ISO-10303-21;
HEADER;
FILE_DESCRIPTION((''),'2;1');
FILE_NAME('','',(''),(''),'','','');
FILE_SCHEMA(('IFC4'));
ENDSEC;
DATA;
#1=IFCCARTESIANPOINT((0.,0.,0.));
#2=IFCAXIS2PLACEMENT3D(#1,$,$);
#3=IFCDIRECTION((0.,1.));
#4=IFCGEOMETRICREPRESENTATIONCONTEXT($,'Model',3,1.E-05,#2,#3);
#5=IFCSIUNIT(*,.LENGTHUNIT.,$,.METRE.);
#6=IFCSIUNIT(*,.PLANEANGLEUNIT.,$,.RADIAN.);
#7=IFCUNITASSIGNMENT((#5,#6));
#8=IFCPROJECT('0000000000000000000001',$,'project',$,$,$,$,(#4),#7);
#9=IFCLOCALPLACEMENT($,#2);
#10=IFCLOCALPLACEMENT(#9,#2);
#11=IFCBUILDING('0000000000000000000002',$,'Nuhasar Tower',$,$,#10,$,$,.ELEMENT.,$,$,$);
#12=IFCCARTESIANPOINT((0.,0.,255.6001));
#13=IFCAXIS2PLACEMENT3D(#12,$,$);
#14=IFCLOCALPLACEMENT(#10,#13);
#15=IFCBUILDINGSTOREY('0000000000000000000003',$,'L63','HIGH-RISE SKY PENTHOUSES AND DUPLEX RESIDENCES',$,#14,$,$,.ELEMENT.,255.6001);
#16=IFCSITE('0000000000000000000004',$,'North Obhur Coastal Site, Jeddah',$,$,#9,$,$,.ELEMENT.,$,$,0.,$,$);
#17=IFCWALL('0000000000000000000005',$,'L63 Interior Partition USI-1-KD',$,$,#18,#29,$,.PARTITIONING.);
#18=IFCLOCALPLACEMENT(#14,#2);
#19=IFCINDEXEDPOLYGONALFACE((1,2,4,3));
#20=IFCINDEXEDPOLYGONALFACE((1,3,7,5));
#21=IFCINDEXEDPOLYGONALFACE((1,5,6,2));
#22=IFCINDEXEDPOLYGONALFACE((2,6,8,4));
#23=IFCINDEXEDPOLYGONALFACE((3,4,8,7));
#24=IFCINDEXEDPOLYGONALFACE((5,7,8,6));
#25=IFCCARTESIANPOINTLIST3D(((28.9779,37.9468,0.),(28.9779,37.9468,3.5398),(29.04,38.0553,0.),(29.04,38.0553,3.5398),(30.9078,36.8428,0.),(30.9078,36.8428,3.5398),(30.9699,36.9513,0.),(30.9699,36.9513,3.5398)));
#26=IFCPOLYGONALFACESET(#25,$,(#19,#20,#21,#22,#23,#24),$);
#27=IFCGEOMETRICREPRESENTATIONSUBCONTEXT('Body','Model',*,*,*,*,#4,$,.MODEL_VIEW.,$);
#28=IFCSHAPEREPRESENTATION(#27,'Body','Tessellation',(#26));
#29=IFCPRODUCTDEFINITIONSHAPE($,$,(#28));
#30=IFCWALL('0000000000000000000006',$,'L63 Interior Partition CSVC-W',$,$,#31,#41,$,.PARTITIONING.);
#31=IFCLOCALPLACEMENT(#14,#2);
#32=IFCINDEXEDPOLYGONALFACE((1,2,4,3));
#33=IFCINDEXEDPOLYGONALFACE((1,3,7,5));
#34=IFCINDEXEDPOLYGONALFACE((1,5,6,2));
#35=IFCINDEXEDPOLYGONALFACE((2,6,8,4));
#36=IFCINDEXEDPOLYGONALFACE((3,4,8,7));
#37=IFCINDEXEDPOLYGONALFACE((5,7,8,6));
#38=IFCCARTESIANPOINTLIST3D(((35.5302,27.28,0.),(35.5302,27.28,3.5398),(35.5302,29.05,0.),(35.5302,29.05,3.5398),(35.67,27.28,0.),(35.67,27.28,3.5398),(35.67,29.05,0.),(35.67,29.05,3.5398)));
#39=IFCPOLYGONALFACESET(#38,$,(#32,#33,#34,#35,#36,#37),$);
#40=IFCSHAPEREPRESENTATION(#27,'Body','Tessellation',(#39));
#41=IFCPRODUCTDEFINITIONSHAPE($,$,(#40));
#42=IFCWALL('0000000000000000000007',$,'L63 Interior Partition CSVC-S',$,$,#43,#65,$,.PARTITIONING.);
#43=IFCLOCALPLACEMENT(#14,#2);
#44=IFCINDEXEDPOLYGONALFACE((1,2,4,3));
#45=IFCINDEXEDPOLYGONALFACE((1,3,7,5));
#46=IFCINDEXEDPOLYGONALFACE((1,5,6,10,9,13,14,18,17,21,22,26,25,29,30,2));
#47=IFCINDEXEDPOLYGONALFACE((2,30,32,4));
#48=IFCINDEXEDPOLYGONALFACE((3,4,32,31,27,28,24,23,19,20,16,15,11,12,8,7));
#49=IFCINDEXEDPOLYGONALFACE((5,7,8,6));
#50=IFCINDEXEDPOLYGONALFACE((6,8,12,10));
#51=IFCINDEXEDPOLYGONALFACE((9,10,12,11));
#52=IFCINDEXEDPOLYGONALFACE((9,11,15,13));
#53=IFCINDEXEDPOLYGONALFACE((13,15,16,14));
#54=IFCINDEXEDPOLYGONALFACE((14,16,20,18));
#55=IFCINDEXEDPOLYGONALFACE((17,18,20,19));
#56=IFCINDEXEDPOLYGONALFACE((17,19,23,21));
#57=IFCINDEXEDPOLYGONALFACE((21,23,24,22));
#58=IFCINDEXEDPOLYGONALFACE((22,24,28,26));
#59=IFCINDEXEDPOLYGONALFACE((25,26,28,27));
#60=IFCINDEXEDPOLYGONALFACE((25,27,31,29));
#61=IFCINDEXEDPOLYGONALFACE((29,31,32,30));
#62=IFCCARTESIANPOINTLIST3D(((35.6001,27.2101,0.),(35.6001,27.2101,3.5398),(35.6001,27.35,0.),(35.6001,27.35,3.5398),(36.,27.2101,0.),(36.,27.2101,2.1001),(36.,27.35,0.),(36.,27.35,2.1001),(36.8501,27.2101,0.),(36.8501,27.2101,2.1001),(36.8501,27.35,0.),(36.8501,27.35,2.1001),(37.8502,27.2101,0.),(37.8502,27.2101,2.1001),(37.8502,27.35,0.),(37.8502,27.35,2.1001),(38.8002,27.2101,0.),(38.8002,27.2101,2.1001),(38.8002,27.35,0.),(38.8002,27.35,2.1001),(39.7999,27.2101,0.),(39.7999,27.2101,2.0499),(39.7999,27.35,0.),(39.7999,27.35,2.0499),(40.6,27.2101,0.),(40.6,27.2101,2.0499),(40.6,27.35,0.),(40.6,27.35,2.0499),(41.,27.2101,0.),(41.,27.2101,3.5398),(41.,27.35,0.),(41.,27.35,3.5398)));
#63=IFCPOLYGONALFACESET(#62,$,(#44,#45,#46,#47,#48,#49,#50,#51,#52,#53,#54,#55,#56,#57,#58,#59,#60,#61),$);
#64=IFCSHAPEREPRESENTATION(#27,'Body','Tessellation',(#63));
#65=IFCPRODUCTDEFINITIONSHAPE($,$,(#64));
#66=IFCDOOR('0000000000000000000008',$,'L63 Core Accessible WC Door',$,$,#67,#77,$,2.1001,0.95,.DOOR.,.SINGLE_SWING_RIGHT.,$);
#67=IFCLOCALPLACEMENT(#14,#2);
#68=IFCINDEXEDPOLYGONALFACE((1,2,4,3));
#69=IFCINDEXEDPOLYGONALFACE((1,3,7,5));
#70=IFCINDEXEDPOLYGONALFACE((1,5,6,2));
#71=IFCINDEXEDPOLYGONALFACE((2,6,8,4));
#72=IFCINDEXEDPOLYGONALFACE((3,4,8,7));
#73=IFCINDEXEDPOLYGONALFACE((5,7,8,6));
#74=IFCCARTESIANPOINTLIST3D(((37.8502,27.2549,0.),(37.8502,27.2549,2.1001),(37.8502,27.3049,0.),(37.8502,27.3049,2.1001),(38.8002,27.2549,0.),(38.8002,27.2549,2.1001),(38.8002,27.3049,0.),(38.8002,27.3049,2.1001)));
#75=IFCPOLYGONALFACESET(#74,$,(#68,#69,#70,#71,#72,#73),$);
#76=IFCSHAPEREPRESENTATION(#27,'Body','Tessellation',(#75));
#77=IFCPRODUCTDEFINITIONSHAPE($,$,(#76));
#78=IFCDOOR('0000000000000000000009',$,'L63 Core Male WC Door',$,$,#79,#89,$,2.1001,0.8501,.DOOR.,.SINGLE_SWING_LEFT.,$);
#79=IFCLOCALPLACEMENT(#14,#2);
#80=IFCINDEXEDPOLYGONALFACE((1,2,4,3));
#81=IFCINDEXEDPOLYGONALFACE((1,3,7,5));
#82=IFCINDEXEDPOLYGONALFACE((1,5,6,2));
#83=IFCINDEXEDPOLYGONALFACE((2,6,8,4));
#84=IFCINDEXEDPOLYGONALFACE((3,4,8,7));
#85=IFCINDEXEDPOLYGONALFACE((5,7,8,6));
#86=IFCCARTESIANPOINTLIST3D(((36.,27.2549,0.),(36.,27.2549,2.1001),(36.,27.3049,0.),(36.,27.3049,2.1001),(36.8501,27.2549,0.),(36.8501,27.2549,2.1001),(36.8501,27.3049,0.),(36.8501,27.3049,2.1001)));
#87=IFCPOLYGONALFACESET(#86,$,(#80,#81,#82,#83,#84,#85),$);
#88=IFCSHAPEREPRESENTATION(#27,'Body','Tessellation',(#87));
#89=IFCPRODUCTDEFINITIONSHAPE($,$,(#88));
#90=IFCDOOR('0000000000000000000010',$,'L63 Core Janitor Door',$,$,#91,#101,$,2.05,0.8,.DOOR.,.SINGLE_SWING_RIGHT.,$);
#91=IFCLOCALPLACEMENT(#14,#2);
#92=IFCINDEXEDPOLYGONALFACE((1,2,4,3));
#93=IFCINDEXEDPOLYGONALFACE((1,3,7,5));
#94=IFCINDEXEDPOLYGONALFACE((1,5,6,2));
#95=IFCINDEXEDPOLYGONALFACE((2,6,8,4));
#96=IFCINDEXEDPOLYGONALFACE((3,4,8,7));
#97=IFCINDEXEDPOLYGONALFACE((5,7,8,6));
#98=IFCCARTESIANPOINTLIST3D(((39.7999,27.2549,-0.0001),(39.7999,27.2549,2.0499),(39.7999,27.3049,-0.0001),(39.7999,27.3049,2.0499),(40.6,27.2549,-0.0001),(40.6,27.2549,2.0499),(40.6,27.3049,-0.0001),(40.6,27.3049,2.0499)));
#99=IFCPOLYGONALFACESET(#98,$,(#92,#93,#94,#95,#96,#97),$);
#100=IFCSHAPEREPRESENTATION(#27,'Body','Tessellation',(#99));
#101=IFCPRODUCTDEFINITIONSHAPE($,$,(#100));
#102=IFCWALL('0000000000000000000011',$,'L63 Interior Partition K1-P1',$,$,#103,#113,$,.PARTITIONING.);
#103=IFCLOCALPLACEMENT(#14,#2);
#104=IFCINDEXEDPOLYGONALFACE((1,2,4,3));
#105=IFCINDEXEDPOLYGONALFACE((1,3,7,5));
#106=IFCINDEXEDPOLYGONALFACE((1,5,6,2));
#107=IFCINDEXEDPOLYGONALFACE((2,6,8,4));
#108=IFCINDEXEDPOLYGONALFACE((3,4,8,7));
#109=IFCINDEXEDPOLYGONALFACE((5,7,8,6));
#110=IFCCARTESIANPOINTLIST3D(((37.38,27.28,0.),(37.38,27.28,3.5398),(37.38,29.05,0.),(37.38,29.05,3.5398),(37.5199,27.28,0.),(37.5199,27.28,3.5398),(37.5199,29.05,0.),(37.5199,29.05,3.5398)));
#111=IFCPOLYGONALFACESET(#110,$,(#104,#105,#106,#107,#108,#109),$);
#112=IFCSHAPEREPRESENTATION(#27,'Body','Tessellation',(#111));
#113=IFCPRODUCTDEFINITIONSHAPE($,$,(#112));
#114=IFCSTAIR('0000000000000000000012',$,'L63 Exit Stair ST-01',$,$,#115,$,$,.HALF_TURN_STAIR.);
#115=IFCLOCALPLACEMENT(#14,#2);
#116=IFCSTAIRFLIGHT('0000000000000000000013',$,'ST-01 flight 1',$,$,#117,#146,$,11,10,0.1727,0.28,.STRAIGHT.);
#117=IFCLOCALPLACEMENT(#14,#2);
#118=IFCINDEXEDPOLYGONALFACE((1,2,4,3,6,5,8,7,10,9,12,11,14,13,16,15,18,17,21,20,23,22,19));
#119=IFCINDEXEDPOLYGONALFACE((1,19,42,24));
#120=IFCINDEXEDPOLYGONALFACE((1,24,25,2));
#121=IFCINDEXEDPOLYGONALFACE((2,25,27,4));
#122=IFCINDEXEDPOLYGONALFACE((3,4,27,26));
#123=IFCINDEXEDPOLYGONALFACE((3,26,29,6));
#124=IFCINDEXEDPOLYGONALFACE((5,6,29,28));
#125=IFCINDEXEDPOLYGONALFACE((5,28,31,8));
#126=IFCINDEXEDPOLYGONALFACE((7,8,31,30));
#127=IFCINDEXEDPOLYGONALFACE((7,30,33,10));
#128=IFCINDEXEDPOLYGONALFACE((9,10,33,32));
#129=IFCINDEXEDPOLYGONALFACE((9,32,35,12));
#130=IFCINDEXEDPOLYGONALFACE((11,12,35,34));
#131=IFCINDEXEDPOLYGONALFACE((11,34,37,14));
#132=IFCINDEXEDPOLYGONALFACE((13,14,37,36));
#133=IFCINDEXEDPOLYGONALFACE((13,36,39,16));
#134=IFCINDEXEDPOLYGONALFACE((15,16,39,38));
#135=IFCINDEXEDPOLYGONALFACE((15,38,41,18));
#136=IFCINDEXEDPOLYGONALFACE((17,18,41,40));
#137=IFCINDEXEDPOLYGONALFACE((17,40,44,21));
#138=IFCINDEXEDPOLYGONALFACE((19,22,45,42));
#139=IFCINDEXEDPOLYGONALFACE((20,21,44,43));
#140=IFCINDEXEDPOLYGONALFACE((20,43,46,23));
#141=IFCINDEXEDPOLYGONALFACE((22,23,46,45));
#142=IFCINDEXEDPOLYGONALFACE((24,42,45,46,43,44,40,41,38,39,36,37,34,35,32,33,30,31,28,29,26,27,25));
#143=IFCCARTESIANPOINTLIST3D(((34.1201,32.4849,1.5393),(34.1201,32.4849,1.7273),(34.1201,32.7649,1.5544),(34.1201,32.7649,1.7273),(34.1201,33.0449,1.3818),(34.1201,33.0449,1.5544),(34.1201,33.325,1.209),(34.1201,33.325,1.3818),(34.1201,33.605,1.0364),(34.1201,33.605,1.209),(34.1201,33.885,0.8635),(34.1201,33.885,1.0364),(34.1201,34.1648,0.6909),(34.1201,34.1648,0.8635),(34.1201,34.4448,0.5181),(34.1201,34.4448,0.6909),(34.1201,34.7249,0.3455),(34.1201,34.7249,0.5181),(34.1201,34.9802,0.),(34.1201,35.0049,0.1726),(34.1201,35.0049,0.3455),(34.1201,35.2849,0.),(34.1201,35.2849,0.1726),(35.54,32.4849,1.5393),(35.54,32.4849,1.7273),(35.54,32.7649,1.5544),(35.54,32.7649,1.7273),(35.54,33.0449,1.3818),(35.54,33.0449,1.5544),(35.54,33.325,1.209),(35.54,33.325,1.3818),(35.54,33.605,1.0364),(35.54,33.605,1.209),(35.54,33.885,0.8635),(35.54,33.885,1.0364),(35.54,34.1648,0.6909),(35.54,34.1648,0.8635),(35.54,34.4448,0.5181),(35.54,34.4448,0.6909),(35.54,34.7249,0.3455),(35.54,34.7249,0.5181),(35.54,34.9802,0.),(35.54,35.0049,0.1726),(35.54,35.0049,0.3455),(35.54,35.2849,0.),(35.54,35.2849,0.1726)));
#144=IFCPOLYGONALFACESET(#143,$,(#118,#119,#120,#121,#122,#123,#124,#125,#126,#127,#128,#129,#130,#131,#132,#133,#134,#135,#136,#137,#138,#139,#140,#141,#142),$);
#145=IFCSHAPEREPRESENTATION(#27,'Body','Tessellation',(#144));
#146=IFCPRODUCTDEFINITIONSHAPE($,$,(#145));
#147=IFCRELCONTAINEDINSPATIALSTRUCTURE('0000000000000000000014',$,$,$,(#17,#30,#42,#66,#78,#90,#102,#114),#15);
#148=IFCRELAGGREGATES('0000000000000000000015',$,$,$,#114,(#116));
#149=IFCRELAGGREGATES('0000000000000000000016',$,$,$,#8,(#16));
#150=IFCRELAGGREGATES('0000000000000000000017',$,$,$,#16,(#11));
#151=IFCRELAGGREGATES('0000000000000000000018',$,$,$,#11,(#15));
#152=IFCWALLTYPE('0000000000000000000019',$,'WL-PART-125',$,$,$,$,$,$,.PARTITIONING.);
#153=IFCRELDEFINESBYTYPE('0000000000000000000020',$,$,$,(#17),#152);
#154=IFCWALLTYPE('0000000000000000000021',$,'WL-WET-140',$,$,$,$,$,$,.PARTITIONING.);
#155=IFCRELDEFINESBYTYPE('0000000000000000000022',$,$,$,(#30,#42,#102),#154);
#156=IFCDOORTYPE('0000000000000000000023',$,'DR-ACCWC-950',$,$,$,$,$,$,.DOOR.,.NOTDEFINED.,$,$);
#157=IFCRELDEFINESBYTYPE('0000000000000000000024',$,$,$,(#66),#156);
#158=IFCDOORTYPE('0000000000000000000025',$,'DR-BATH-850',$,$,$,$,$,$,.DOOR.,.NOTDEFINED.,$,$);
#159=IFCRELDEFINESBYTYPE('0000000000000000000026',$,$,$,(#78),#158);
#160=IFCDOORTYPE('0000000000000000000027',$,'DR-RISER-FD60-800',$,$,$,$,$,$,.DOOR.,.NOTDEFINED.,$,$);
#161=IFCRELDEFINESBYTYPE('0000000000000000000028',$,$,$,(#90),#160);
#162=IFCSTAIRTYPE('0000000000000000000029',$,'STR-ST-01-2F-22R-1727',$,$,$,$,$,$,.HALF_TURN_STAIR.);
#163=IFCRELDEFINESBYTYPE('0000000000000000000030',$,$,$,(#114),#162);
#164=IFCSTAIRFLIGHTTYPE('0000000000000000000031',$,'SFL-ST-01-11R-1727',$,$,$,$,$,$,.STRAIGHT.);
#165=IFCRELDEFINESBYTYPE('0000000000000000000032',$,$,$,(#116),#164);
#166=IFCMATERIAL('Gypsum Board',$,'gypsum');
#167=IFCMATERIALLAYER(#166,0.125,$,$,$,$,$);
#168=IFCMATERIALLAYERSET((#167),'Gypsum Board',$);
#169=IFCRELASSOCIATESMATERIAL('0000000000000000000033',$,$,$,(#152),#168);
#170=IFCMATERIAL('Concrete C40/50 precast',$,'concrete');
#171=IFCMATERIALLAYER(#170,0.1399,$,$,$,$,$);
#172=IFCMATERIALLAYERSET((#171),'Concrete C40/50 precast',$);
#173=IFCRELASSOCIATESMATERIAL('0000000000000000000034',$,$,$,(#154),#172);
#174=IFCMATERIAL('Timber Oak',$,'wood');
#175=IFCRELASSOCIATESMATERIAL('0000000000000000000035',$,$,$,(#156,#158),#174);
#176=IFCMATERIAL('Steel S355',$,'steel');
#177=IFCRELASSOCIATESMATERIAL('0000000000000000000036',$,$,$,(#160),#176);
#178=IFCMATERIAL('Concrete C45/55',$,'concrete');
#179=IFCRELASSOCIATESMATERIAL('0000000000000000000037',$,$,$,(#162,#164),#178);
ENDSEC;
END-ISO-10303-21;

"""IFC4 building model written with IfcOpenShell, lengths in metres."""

from ifc_helpers import new_model, si_unit, direction, frame, frame_2d, origin, place, context, subcontext, project, spatial, polyline, rectangle, outline, extrude, material, layer, layer_set, type_object, element, fill, aggregate, save


model = new_model("IFC4")

# Units and contexts
model_context = context("Model", 3, precision=1e-05, world=origin(), true_north=direction((0.0, 1.0)))
body_context = subcontext(model_context, "Body", "Model", "MODEL_VIEW")
ifc_project = project(units=[si_unit("LENGTHUNIT", "METRE"), si_unit("PLANEANGLEUNIT", "RADIAN")], contexts=[model_context])

# Site, building, storey
site_placement = place(None, origin())
site = spatial("IfcSite", under=ifc_project, at=site_placement, Name="North Obhur Coastal Site, Jeddah", CompositionType="ELEMENT", RefElevation=0.0)
building_placement = place(site_placement, origin())
building = spatial("IfcBuilding", under=site, at=building_placement, Name="Nuhasar Tower", CompositionType="ELEMENT")
storey_placement = place(building_placement, frame((0.0, 0.0, 255.6001)))
storey = spatial("IfcBuildingStorey", under=building, at=storey_placement, Name="L63", Description="HIGH-RISE SKY PENTHOUSES AND DUPLEX RESIDENCES", CompositionType="ELEMENT", Elevation=255.6001)

# Shared definitions
ifc_material_1 = material(Name="Steel S355", Category="steel")

# Walls
ifc_material_2 = material(Name="Concrete C45/55", Category="concrete")
ifc_material_3 = material(Name="Gypsum Board", Category="gypsum")
ifc_layer_1 = layer(ifc_material_3, 0.125)
ifc_layer_set_1 = layer_set([ifc_layer_1], Name="Gypsum Board")
wall_type_1 = type_object("IfcWallType", Name="WL-PART-125", PredefinedType="PARTITIONING", material=ifc_layer_set_1)
wall_1_placement = place(storey_placement, frame((30.939, 36.897, 0.0), z_axis=(0.0, 0.0, 1.0), x_axis=(-0.868013, 0.496541, 0.0)))
element("IfcWall", 1, at=wall_1_placement, inside=storey, type_object=wall_type_1, Name="L63 Interior Partition USI-1-KD", PredefinedType="PARTITIONING", context=body_context, shape_type="SweptSolid", body=[
    extrude(rectangle(XDim=2.2234, YDim=0.125, at=frame_2d((1.1118, 0.0))), origin(), (0.0, 0.0, 1.0), 3.5398),
])
ifc_material_4 = material(Name="Concrete C40/50 precast", Category="concrete")
ifc_layer_2 = layer(ifc_material_4, 0.1399)
ifc_layer_set_2 = layer_set([ifc_layer_2], Name="Concrete C40/50 precast")
wall_type_2 = type_object("IfcWallType", Name="WL-WET-140", PredefinedType="PARTITIONING", material=ifc_layer_set_2)
wall_2_placement = place(storey_placement, frame((35.6001, 27.28, 0.0), z_axis=(0.0, 0.0, 1.0), x_axis=(0.0, 1.0, 0.0)))
element("IfcWall", 2, at=wall_2_placement, inside=storey, type_object=wall_type_2, Name="L63 Interior Partition CSVC-W", PredefinedType="PARTITIONING", context=body_context, shape_type="SweptSolid", body=[
    extrude(rectangle(XDim=1.77, YDim=0.1399, at=frame_2d((0.885, 0.0))), origin(), (0.0, 0.0, 1.0), 3.5398),
])

# Wall, openings, doors
wall_3_placement = place(storey_placement, frame((35.6001, 27.28, 0.0), z_axis=(0.0, 0.0, 1.0), x_axis=(1.0, 0.0, 0.0)))
wall_3 = element("IfcWall", 3, at=wall_3_placement, inside=storey, type_object=wall_type_2, Name="L63 Interior Partition CSVC-S", PredefinedType="PARTITIONING", context=body_context, shape_type="SweptSolid", body=[
    extrude(rectangle(XDim=5.3999, YDim=0.1399, at=frame_2d((2.7, 0.0))), origin(), (0.0, 0.0, 1.0), 3.5398),
])
opening_1_placement = place(wall_3_placement, frame((0.3999, 0.0, 0.0)))
opening_1 = element("IfcOpeningElement", 4, at=opening_1_placement, cuts=wall_3, PredefinedType="OPENING", context=body_context, shape_type="SweptSolid", body=[
    extrude(rectangle(XDim=0.8501, YDim=2.1001, at=frame_2d((0.425, 1.05))), frame((0.0, 0.0801, 0.0), z_axis=(0.0, -1.0, 0.0), x_axis=(1.0, 0.0, 0.0)), (0.0, 0.0, 1.0), 0.1599),
])
opening_2_placement = place(wall_3_placement, frame((2.25, 0.0, 0.0)))
opening_2 = element("IfcOpeningElement", 5, at=opening_2_placement, cuts=wall_3, PredefinedType="OPENING", context=body_context, shape_type="SweptSolid", body=[
    extrude(rectangle(XDim=0.95, YDim=2.1001, at=frame_2d((0.4751, 1.05))), frame((0.0, 0.0801, 0.0), z_axis=(0.0, -1.0, 0.0), x_axis=(1.0, 0.0, 0.0)), (0.0, 0.0, 1.0), 0.1599),
])
opening_3_placement = place(wall_3_placement, frame((4.2, 0.0, 0.0)))
opening_3 = element("IfcOpeningElement", 6, at=opening_3_placement, cuts=wall_3, PredefinedType="OPENING", context=body_context, shape_type="SweptSolid", body=[
    extrude(rectangle(XDim=0.8, YDim=2.05, at=frame_2d((0.3999, 1.0249))), frame((0.0, 0.0801, 0.0), z_axis=(0.0, -1.0, 0.0), x_axis=(1.0, 0.0, 0.0)), (0.0, 0.0, 1.0), 0.1599),
])
ifc_material_5 = material(Name="Timber Oak", Category="wood")
door_type_1 = type_object("IfcDoorType", Name="DR-ACCWC-950", OperationType="NOTDEFINED", PredefinedType="DOOR", material=ifc_material_5)
door_1_placement = place(opening_2_placement, origin())
door_1 = element("IfcDoor", 7, at=door_1_placement, inside=storey, type_object=door_type_1, Name="L63 Core Accessible WC Door", OperationType="SINGLE_SWING_RIGHT", OverallHeight=2.1001, OverallWidth=0.95, PredefinedType="DOOR", context=body_context, shape_type="SweptSolid", body=[
    extrude(rectangle(XDim=0.95, YDim=2.1001, at=frame_2d((0.4751, 1.05))), frame((0.0, 0.0249, 0.0), z_axis=(0.0, -1.0, 0.0), x_axis=(1.0, 0.0, 0.0)), (0.0, 0.0, 1.0), 0.05),
])
fill(opening_2, door_1)
door_type_2 = type_object("IfcDoorType", Name="DR-BATH-850", OperationType="NOTDEFINED", PredefinedType="DOOR", material=ifc_material_5)
door_2_placement = place(opening_1_placement, origin())
door_2 = element("IfcDoor", 8, at=door_2_placement, inside=storey, type_object=door_type_2, Name="L63 Core Male WC Door", OperationType="SINGLE_SWING_LEFT", OverallHeight=2.1001, OverallWidth=0.8501, PredefinedType="DOOR", context=body_context, shape_type="SweptSolid", body=[
    extrude(rectangle(XDim=0.8501, YDim=2.1001, at=frame_2d((0.425, 1.05))), frame((0.0, 0.0249, 0.0), z_axis=(0.0, -1.0, 0.0), x_axis=(1.0, 0.0, 0.0)), (0.0, 0.0, 1.0), 0.05),
])
fill(opening_1, door_2)
door_type_3 = type_object("IfcDoorType", Name="DR-RISER-FD60-800", OperationType="NOTDEFINED", PredefinedType="DOOR", material=ifc_material_1)
door_3_placement = place(opening_3_placement, origin())
door_3 = element("IfcDoor", 9, at=door_3_placement, inside=storey, type_object=door_type_3, Name="L63 Core Janitor Door", OperationType="SINGLE_SWING_RIGHT", OverallHeight=2.05, OverallWidth=0.8, PredefinedType="DOOR", context=body_context, shape_type="SweptSolid", body=[
    extrude(rectangle(XDim=0.8, YDim=2.05, at=frame_2d((0.3999, 1.0249))), frame((0.0, 0.0249, 0.0), z_axis=(0.0, -1.0, 0.0), x_axis=(1.0, 0.0, 0.0)), (0.0, 0.0, 1.0), 0.05),
])
fill(opening_3, door_3)

# Wall
wall_4_placement = place(storey_placement, frame((37.45, 27.28, 0.0), z_axis=(0.0, 0.0, 1.0), x_axis=(0.0, 1.0, 0.0)))
element("IfcWall", 10, at=wall_4_placement, inside=storey, type_object=wall_type_2, Name="L63 Interior Partition K1-P1", PredefinedType="PARTITIONING", context=body_context, shape_type="SweptSolid", body=[
    extrude(rectangle(XDim=1.77, YDim=0.1399, at=frame_2d((0.885, 0.0))), origin(), (0.0, 0.0, 1.0), 3.5398),
])

# Stair, stair flight
stair_type_1 = type_object("IfcStairType", Name="STR-ST-01-2F-22R-1727", PredefinedType="HALF_TURN_STAIR", material=ifc_material_2)
stair_1_placement = place(storey_placement, origin())
stair_1 = element("IfcStair", 11, at=stair_1_placement, inside=storey, type_object=stair_type_1, Name="L63 Exit Stair ST-01", PredefinedType="HALF_TURN_STAIR")
stair_flight_type_1 = type_object("IfcStairFlightType", Name="SFL-ST-01-11R-1727", PredefinedType="STRAIGHT", material=ifc_material_2)
stair_flight_1_placement = place(storey_placement, frame((34.8301, 35.2849, 0.0), z_axis=(0.0, 0.0, 1.0), x_axis=(0.0, -1.0, 0.0)))
stair_flight_1 = element("IfcStairFlight", 12, at=stair_flight_1_placement, type_object=stair_flight_type_1, Name="ST-01 flight 1", NumberOfRisers=11, NumberOfTreads=10, PredefinedType="STRAIGHT", RiserHeight=0.1727, TreadLength=0.28, context=body_context, shape_type="SweptSolid", body=[
    extrude(outline(polyline([(0.0, 0.0), (0.0, 0.1726), (0.28, 0.1726), (0.28, 0.3455), (0.5601, 0.3455), (0.5601, 0.5181), (0.8401, 0.5181), (0.8401, 0.6909), (1.1201, 0.6909), (1.1201, 0.8635), (1.3999, 0.8635), (1.3999, 1.0364), (1.6799, 1.0364), (1.6799, 1.209), (1.96, 1.209), (1.96, 1.3818), (2.24, 1.3818), (2.24, 1.5544), (2.52, 1.5544), (2.52, 1.7273), (2.8, 1.7273), (2.8, 1.8999), (2.8, 1.5393), (0.3047, 0.0), (0.0, 0.0)])), frame((0.0, 0.71, 0.0), z_axis=(0.0, -1.0, 0.0), x_axis=(1.0, 0.0, 0.0)), (0.0, 0.0, 1.0), 1.4199),
])
aggregate(stair_1, [stair_flight_1])

save(model, "model.ifc")
